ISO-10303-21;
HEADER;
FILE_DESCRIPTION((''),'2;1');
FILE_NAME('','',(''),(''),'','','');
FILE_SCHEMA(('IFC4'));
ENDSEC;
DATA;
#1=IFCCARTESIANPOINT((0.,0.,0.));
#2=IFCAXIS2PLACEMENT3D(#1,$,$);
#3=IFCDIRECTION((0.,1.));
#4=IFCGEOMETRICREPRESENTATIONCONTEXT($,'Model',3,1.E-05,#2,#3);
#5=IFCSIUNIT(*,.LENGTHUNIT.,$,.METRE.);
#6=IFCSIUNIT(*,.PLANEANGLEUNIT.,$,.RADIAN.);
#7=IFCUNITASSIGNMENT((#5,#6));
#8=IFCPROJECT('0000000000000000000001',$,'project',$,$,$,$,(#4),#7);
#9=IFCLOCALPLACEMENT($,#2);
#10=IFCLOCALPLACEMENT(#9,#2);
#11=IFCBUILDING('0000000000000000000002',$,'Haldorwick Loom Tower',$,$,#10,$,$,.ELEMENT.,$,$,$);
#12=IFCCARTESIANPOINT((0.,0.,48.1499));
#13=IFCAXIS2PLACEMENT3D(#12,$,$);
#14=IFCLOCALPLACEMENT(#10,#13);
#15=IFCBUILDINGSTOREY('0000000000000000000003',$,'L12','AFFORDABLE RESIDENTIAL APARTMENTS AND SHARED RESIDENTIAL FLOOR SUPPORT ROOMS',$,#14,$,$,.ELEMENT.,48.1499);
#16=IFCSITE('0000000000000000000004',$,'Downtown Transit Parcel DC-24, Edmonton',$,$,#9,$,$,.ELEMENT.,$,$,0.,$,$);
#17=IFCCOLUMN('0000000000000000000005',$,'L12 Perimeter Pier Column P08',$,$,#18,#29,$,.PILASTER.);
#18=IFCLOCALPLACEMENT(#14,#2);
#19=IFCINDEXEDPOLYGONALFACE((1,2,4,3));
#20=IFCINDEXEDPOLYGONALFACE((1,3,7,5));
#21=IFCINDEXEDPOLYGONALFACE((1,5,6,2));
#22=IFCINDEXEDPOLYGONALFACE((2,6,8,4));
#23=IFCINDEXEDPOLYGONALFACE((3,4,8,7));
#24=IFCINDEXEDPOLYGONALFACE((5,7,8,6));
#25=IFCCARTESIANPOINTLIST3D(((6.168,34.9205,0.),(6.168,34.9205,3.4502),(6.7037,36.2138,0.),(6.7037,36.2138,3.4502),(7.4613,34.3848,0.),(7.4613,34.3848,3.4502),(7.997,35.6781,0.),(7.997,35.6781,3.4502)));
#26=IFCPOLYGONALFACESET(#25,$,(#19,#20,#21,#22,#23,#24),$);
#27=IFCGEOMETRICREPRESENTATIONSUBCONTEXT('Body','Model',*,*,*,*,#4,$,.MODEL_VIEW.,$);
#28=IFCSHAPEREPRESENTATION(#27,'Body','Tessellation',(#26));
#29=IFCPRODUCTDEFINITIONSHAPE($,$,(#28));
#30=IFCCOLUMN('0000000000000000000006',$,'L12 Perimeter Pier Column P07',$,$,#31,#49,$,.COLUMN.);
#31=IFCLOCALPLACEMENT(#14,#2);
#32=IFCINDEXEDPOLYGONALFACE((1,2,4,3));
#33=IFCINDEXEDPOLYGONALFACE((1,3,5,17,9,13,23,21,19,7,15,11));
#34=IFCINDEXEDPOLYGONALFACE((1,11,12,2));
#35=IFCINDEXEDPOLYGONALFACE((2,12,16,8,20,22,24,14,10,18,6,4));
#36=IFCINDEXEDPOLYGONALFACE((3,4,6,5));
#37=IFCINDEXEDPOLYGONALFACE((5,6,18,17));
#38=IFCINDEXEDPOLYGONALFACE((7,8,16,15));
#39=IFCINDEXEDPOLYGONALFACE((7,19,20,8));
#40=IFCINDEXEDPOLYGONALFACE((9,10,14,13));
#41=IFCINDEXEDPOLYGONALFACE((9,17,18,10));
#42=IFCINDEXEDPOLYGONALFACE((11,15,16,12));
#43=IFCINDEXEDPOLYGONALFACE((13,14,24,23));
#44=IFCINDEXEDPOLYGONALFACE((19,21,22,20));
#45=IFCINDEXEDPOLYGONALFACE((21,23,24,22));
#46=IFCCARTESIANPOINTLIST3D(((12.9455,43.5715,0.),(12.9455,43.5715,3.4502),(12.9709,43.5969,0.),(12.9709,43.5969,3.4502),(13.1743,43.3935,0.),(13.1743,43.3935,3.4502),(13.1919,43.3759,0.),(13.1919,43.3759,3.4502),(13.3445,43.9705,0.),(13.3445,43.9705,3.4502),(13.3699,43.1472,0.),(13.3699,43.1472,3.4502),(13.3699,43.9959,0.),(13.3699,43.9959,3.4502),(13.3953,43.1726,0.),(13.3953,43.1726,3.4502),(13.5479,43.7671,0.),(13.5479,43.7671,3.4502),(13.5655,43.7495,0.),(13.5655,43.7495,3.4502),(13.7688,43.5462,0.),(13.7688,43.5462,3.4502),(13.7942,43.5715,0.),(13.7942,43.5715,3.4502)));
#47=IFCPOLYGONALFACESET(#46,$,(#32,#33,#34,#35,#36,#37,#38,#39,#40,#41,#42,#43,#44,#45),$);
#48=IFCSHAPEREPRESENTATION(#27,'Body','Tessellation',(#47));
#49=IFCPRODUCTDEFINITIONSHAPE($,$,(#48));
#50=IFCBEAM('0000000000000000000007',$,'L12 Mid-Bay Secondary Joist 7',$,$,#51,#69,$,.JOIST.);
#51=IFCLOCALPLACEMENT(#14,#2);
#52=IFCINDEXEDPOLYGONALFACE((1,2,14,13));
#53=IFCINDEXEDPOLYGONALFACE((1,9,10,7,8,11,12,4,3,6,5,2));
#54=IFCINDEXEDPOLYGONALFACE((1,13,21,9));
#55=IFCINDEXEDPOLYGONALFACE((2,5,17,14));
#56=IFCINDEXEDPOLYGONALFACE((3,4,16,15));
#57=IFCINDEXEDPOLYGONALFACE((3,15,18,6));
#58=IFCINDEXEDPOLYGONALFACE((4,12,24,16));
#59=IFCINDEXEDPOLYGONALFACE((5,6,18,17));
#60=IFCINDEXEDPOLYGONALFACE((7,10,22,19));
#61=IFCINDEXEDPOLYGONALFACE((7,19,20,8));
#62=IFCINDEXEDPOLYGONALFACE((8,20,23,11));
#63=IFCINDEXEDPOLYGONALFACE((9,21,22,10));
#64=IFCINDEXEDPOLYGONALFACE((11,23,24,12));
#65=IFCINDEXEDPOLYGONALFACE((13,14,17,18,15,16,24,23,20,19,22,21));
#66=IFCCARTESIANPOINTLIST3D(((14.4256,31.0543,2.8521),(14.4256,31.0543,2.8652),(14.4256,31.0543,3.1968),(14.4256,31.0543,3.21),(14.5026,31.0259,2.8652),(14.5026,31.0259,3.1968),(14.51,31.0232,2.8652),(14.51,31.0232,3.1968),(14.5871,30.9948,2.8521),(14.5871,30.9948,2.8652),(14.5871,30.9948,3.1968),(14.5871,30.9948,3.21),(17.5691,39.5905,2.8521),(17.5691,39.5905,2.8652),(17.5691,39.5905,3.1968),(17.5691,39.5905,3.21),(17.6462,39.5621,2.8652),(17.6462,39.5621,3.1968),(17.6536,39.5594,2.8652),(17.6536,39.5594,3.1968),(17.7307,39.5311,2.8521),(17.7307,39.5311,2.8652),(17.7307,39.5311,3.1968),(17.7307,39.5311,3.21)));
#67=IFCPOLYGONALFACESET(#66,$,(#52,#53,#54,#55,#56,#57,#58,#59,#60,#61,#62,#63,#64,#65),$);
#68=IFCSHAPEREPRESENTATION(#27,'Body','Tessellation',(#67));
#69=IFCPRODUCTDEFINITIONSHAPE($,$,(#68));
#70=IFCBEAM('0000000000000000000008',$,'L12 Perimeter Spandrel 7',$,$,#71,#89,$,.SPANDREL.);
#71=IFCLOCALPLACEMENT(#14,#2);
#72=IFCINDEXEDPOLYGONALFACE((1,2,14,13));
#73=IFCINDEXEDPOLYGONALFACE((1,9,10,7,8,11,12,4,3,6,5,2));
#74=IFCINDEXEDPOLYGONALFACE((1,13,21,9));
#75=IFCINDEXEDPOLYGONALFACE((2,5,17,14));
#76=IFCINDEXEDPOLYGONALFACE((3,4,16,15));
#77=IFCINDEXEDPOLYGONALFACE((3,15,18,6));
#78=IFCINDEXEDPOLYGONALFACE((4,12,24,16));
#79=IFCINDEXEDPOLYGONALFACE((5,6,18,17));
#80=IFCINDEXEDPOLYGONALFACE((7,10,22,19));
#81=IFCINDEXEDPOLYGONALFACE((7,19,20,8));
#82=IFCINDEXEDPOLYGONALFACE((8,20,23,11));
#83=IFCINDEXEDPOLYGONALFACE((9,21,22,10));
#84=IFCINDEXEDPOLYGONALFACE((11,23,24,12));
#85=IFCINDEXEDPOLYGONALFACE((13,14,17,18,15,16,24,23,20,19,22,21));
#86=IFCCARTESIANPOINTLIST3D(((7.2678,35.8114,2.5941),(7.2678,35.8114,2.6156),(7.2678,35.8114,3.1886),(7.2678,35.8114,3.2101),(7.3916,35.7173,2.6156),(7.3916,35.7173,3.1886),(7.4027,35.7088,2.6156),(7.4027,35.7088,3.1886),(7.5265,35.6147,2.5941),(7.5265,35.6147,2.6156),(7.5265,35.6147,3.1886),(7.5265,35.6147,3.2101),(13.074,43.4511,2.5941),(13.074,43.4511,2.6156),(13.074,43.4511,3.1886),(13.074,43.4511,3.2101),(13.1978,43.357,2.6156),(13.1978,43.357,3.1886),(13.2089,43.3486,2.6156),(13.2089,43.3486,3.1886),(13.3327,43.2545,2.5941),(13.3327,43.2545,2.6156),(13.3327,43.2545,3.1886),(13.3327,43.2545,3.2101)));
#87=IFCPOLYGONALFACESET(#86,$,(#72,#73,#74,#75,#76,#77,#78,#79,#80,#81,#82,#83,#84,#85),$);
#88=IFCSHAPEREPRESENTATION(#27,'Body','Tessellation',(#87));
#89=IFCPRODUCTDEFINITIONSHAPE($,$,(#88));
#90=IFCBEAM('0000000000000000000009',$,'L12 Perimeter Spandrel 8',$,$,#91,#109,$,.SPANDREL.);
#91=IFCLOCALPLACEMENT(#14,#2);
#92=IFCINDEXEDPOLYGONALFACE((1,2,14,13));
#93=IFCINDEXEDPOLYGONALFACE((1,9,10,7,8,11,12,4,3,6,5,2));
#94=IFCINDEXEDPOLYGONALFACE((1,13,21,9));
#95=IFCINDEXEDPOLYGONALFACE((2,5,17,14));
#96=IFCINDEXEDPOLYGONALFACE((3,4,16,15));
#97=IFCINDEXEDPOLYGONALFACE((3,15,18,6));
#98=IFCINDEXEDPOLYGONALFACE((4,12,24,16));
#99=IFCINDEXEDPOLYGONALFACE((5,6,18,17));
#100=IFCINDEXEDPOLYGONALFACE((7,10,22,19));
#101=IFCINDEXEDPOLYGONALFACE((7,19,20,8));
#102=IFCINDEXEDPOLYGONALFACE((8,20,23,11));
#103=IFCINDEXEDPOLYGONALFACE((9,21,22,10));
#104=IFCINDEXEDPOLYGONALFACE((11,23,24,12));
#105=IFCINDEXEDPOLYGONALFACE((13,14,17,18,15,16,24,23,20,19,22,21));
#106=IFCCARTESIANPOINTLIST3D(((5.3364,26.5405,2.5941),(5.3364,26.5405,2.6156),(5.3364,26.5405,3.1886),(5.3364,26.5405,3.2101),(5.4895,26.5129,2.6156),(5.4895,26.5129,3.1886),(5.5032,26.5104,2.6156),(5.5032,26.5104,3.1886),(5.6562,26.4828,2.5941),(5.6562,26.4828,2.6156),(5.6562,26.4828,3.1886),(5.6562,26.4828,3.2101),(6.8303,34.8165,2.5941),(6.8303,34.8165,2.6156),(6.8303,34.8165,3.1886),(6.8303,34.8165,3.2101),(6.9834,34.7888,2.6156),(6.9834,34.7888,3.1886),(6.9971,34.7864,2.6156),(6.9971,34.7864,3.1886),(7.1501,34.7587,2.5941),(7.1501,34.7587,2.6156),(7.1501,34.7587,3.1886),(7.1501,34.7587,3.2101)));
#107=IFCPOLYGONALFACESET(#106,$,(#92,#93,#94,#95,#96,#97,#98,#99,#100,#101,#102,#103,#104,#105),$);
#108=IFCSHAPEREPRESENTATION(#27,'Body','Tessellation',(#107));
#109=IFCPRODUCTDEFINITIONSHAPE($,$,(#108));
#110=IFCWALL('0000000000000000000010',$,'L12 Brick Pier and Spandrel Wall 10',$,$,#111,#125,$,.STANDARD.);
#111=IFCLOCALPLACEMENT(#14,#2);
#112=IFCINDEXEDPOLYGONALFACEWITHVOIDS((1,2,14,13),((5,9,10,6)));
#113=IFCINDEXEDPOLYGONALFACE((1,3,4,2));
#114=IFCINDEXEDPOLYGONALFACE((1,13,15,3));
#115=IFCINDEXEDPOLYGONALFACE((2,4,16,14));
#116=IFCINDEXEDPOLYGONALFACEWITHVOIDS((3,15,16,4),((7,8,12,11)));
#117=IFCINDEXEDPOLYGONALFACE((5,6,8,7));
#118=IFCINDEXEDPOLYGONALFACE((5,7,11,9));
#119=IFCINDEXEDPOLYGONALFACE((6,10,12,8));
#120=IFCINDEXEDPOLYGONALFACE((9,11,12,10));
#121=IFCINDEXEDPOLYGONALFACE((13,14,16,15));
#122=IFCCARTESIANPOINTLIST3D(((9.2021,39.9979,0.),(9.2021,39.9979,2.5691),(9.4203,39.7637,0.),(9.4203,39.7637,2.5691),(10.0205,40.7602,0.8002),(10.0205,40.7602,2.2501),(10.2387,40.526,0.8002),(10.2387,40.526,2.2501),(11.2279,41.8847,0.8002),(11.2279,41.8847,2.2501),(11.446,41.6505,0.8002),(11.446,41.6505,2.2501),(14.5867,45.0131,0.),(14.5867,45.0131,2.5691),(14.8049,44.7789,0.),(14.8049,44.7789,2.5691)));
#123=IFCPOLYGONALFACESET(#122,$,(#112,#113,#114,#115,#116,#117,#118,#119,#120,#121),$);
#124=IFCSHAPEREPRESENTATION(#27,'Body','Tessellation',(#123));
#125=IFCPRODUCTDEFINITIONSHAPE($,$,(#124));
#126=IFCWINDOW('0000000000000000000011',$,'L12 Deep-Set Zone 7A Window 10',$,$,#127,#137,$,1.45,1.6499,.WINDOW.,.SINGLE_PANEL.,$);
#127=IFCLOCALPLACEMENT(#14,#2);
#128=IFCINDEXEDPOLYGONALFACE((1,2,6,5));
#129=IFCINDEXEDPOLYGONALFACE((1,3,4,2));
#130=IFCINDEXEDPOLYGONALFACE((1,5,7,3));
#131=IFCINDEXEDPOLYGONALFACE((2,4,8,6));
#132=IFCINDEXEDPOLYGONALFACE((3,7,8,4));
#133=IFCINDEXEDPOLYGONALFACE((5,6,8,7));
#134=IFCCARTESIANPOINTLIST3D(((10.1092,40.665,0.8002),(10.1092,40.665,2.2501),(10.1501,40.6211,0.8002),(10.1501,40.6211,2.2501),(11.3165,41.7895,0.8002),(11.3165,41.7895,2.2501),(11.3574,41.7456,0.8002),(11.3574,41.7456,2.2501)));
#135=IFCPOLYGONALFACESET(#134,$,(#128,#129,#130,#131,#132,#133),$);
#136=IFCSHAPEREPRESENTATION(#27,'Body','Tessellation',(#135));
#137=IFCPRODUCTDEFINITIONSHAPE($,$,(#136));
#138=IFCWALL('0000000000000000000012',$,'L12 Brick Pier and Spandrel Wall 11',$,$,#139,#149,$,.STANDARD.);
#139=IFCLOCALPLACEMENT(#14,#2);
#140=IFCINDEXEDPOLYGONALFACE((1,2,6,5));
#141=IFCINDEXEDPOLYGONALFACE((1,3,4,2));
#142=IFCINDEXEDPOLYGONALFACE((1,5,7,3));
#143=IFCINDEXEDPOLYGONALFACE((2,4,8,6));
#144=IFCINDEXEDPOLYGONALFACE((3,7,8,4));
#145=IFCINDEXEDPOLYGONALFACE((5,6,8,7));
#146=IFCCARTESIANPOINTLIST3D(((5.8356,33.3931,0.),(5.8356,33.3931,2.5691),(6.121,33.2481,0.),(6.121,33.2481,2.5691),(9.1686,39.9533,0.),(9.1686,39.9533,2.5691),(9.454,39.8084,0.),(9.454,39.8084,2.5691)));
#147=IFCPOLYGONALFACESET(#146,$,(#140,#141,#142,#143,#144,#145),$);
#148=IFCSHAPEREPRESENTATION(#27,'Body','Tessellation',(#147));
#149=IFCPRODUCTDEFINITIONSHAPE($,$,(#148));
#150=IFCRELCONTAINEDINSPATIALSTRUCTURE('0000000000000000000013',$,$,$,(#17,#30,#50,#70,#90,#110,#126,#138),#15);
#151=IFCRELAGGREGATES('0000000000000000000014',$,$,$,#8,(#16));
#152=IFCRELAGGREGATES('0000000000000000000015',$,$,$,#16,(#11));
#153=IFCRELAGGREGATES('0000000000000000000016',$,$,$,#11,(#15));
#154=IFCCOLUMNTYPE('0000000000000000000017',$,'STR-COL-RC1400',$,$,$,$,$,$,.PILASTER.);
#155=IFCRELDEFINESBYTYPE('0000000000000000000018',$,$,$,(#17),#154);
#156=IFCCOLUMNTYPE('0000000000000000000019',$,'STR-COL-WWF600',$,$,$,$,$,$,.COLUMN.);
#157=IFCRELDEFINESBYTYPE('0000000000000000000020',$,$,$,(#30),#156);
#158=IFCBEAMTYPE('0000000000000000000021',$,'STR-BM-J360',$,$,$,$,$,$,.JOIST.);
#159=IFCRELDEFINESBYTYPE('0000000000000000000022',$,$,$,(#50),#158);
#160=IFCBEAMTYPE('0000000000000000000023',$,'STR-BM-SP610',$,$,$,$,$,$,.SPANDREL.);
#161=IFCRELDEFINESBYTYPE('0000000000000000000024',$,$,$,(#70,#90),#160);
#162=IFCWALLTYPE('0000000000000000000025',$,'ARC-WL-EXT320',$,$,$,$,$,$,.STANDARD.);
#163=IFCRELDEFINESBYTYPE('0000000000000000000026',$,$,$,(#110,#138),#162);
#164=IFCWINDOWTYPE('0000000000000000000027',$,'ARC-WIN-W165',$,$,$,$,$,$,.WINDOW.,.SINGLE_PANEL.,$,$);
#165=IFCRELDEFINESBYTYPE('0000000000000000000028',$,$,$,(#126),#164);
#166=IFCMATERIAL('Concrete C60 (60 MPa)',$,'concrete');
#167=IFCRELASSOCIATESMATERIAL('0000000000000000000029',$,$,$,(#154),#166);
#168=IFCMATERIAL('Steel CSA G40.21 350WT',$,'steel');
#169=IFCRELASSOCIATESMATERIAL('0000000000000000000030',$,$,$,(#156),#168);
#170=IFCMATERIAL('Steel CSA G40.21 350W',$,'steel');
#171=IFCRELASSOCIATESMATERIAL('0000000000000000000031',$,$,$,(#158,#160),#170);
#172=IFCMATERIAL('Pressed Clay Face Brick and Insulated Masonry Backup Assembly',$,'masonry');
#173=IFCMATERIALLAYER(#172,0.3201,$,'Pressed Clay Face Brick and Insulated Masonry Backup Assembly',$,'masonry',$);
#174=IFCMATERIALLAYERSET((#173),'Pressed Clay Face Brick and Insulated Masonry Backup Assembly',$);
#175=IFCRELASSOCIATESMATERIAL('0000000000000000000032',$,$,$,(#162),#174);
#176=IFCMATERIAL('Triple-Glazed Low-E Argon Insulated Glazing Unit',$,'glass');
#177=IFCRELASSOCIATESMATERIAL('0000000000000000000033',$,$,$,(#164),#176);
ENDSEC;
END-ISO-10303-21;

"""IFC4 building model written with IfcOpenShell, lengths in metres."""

from ifc_helpers import new_model, si_unit, direction, frame, frame_2d, origin, origin_2d, place, context, subcontext, project, spatial, rectangle, i_section, extrude, material, layer, layer_set, material_profile, profile_set, type_object, element, fill, save


model = new_model("IFC4")

# Units and contexts
model_context = context("Model", 3, precision=1e-05, world=origin(), true_north=direction((0.0, 1.0)))
body_context = subcontext(model_context, "Body", "Model", "MODEL_VIEW")
ifc_project = project(units=[si_unit("LENGTHUNIT", "METRE"), si_unit("PLANEANGLEUNIT", "RADIAN")], contexts=[model_context])

# Site, building, storey
site_placement = place(None, origin())
site = spatial("IfcSite", under=ifc_project, at=site_placement, Name="Downtown Transit Parcel DC-24, Edmonton", CompositionType="ELEMENT", RefElevation=0.0)
building_placement = place(site_placement, origin())
building = spatial("IfcBuilding", under=site, at=building_placement, Name="Haldorwick Loom Tower", CompositionType="ELEMENT")
storey_placement = place(building_placement, frame((0.0, 0.0, 48.1499)))
storey = spatial("IfcBuildingStorey", under=building, at=storey_placement, Name="L12", Description="AFFORDABLE RESIDENTIAL APARTMENTS AND SHARED RESIDENTIAL FLOOR SUPPORT ROOMS", CompositionType="ELEMENT", Elevation=48.1499)

# Columns
ifc_material_1 = material(Name="Concrete C60 (60 MPa)", Category="concrete")
ifc_material_profile_1 = material_profile(ifc_material_1, rectangle(XDim=1.3999, YDim=1.3999, at=origin_2d()), Name="RC1400X1400", Category="concrete")
ifc_profile_set_1 = profile_set([ifc_material_profile_1], Name="Concrete C60 (60 MPa)")
column_type_1 = type_object("IfcColumnType", Name="STR-COL-RC1400", PredefinedType="PILASTER", material=ifc_profile_set_1)
column_1_placement = place(storey_placement, frame((7.0825, 35.2993, 0.0), z_axis=(0.0, 0.0, 1.0), x_axis=(-0.92388, 0.382683, 0.0)))
element("IfcColumn", 1, at=column_1_placement, inside=storey, type_object=column_type_1, Name="L12 Perimeter Pier Column P08", PredefinedType="PILASTER", context=body_context, shape_type="SweptSolid", body=[
    extrude(rectangle(XDim=1.3999, YDim=1.3999, at=origin_2d()), origin(), (0.0, 0.0, 1.0), 3.4502),
])
ifc_material_2 = material(Name="Steel CSA G40.21 350WT", Category="steel")
ifc_material_profile_2 = material_profile(ifc_material_2, i_section(OverallWidth=0.6001, OverallDepth=0.6001, WebThickness=0.0249, FlangeThickness=0.0359, at=origin_2d()), Name="WWF600X600", Category="steel")
ifc_profile_set_2 = profile_set([ifc_material_profile_2], Name="Steel CSA G40.21 350WT")
column_type_2 = type_object("IfcColumnType", Name="STR-COL-WWF600", PredefinedType="COLUMN", material=ifc_profile_set_2)
column_2_placement = place(storey_placement, frame((13.3699, 43.5715, 0.0), z_axis=(0.0, 0.0, 1.0), x_axis=(-0.707107, 0.707107, 0.0)))
element("IfcColumn", 2, at=column_2_placement, inside=storey, type_object=column_type_2, Name="L12 Perimeter Pier Column P07", PredefinedType="COLUMN", context=body_context, shape_type="SweptSolid", body=[
    extrude(i_section(OverallWidth=0.6001, OverallDepth=0.6001, WebThickness=0.0249, FlangeThickness=0.0359, at=origin_2d()), origin(), (0.0, 0.0, 1.0), 3.4502),
])

# Beams
ifc_material_3 = material(Name="Steel CSA G40.21 350W", Category="steel")
ifc_material_profile_3 = material_profile(ifc_material_3, i_section(OverallWidth=0.1721, OverallDepth=0.3579, WebThickness=0.0078, FlangeThickness=0.0132, at=origin_2d()), Name="W360X57", Category="steel")
ifc_profile_set_3 = profile_set([ifc_material_profile_3], Name="Steel CSA G40.21 350W")
beam_type_1 = type_object("IfcBeamType", Name="STR-BM-J360", PredefinedType="JOIST", material=ifc_profile_set_3)
beam_1_placement = place(storey_placement, frame((17.6499, 39.5608, 3.031), z_axis=(-0.345576, -0.938391, 0.0), x_axis=(0.938391, -0.345576, 0.0)))
element("IfcBeam", 3, at=beam_1_placement, inside=storey, type_object=beam_type_1, Name="L12 Mid-Bay Secondary Joist 7", PredefinedType="JOIST", context=body_context, shape_type="SweptSolid", body=[
    extrude(i_section(OverallWidth=0.1721, OverallDepth=0.3579, WebThickness=0.0078, FlangeThickness=0.0132, at=origin_2d()), origin(), (0.0, 0.0, 1.0), 9.0967),
])
ifc_material_profile_4 = material_profile(ifc_material_3, i_section(OverallWidth=0.325, OverallDepth=0.616, WebThickness=0.0139, FlangeThickness=0.0215, at=origin_2d()), Name="W610X174", Category="steel")
ifc_profile_set_4 = profile_set([ifc_material_profile_4], Name="Steel CSA G40.21 350W")
beam_type_2 = type_object("IfcBeamType", Name="STR-BM-SP610", PredefinedType="SPANDREL", material=ifc_profile_set_4)
beam_2_placement = place(storey_placement, frame((13.2034, 43.3528, 2.9021), z_axis=(-0.605085, -0.796161, 0.0), x_axis=(0.796161, -0.605085, 0.0)))
element("IfcBeam", 4, at=beam_2_placement, inside=storey, type_object=beam_type_2, Name="L12 Perimeter Spandrel 7", PredefinedType="SPANDREL", context=body_context, shape_type="SweptSolid", body=[
    extrude(i_section(OverallWidth=0.325, OverallDepth=0.616, WebThickness=0.0139, FlangeThickness=0.0215, at=origin_2d()), origin(), (0.0, 0.0, 1.0), 9.5957),
])
beam_3_placement = place(storey_placement, frame((6.9902, 34.7876, 2.9021), z_axis=(-0.177641, -0.984095, 0.0), x_axis=(0.984095, -0.177641, 0.0)))
element("IfcBeam", 5, at=beam_3_placement, inside=storey, type_object=beam_type_2, Name="L12 Perimeter Spandrel 8", PredefinedType="SPANDREL", context=body_context, shape_type="SweptSolid", body=[
    extrude(i_section(OverallWidth=0.325, OverallDepth=0.616, WebThickness=0.0139, FlangeThickness=0.0215, at=origin_2d()), origin(), (0.0, 0.0, 1.0), 8.4097),
])

# Wall, opening, window
ifc_material_4 = material(Name="Pressed Clay Face Brick and Insulated Masonry Backup Assembly", Category="masonry")
ifc_layer_1 = layer(ifc_material_4, 0.3201, Name="Pressed Clay Face Brick and Insulated Masonry Backup Assembly", Category="masonry")
ifc_layer_set_1 = layer_set([ifc_layer_1], Name="Pressed Clay Face Brick and Insulated Masonry Backup Assembly")
wall_type_1 = type_object("IfcWallType", Name="ARC-WL-EXT320", PredefinedType="STANDARD", material=ifc_layer_set_1)
wall_1_placement = place(storey_placement, frame((14.6958, 44.896, 0.0), z_axis=(0.0, 0.0, 1.0), x_axis=(-0.731761, -0.681561, 0.0)))
wall_1 = element("IfcWall", 6, at=wall_1_placement, inside=storey, type_object=wall_type_1, Name="L12 Brick Pier and Spandrel Wall 10", PredefinedType="STANDARD", context=body_context, shape_type="SweptSolid", body=[
    extrude(rectangle(XDim=7.3584, YDim=0.3201, at=frame_2d((3.6792, 0.0))), origin(), (0.0, 0.0, 1.0), 2.5691),
])
opening_1_placement = place(wall_1_placement, frame((4.5901, 0.0, 0.8)))
opening_1 = element("IfcOpeningElement", 7, at=opening_1_placement, cuts=wall_1, PredefinedType="OPENING", context=body_context, shape_type="SweptSolid", body=[
    extrude(rectangle(XDim=1.6499, YDim=1.45, at=frame_2d((0.825, 0.7251))), frame((0.0, 0.1699, 0.0), z_axis=(0.0, -1.0, 0.0), x_axis=(1.0, 0.0, 0.0)), (0.0, 0.0, 1.0), 0.3401),
])
ifc_material_5 = material(Name="Triple-Glazed Low-E Argon Insulated Glazing Unit", Category="glass")
window_type = type_object("IfcWindowType", Name="ARC-WIN-W165", PartitioningType="SINGLE_PANEL", PredefinedType="WINDOW", material=ifc_material_5)
window_1_placement = place(opening_1_placement, origin())
window_1 = element("IfcWindow", 8, at=window_1_placement, inside=storey, type_object=window_type, Name="L12 Deep-Set Zone 7A Window 10", OverallHeight=1.45, OverallWidth=1.6499, PartitioningType="SINGLE_PANEL", PredefinedType="WINDOW", context=body_context, shape_type="SweptSolid", body=[
    extrude(rectangle(XDim=1.6499, YDim=1.45, at=frame_2d((0.825, 0.7251))), frame((0.0, 0.03, 0.0), z_axis=(0.0, -1.0, 0.0), x_axis=(1.0, 0.0, 0.0)), (0.0, 0.0, 1.0), 0.0601),
])
fill(opening_1, window_1)

# Wall
wall_2_placement = place(storey_placement, frame((9.3113, 39.8809, 0.0), z_axis=(0.0, 0.0, 1.0), x_axis=(-0.452951, -0.891535, 0.0)))
element("IfcWall", 9, at=wall_2_placement, inside=storey, type_object=wall_type_1, Name="L12 Brick Pier and Spandrel Wall 11", PredefinedType="STANDARD", context=body_context, shape_type="SweptSolid", body=[
    extrude(rectangle(XDim=7.3584, YDim=0.3201, at=frame_2d((3.6792, 0.0))), origin(), (0.0, 0.0, 1.0), 2.5691),
])

save(model, "model.ifc")
